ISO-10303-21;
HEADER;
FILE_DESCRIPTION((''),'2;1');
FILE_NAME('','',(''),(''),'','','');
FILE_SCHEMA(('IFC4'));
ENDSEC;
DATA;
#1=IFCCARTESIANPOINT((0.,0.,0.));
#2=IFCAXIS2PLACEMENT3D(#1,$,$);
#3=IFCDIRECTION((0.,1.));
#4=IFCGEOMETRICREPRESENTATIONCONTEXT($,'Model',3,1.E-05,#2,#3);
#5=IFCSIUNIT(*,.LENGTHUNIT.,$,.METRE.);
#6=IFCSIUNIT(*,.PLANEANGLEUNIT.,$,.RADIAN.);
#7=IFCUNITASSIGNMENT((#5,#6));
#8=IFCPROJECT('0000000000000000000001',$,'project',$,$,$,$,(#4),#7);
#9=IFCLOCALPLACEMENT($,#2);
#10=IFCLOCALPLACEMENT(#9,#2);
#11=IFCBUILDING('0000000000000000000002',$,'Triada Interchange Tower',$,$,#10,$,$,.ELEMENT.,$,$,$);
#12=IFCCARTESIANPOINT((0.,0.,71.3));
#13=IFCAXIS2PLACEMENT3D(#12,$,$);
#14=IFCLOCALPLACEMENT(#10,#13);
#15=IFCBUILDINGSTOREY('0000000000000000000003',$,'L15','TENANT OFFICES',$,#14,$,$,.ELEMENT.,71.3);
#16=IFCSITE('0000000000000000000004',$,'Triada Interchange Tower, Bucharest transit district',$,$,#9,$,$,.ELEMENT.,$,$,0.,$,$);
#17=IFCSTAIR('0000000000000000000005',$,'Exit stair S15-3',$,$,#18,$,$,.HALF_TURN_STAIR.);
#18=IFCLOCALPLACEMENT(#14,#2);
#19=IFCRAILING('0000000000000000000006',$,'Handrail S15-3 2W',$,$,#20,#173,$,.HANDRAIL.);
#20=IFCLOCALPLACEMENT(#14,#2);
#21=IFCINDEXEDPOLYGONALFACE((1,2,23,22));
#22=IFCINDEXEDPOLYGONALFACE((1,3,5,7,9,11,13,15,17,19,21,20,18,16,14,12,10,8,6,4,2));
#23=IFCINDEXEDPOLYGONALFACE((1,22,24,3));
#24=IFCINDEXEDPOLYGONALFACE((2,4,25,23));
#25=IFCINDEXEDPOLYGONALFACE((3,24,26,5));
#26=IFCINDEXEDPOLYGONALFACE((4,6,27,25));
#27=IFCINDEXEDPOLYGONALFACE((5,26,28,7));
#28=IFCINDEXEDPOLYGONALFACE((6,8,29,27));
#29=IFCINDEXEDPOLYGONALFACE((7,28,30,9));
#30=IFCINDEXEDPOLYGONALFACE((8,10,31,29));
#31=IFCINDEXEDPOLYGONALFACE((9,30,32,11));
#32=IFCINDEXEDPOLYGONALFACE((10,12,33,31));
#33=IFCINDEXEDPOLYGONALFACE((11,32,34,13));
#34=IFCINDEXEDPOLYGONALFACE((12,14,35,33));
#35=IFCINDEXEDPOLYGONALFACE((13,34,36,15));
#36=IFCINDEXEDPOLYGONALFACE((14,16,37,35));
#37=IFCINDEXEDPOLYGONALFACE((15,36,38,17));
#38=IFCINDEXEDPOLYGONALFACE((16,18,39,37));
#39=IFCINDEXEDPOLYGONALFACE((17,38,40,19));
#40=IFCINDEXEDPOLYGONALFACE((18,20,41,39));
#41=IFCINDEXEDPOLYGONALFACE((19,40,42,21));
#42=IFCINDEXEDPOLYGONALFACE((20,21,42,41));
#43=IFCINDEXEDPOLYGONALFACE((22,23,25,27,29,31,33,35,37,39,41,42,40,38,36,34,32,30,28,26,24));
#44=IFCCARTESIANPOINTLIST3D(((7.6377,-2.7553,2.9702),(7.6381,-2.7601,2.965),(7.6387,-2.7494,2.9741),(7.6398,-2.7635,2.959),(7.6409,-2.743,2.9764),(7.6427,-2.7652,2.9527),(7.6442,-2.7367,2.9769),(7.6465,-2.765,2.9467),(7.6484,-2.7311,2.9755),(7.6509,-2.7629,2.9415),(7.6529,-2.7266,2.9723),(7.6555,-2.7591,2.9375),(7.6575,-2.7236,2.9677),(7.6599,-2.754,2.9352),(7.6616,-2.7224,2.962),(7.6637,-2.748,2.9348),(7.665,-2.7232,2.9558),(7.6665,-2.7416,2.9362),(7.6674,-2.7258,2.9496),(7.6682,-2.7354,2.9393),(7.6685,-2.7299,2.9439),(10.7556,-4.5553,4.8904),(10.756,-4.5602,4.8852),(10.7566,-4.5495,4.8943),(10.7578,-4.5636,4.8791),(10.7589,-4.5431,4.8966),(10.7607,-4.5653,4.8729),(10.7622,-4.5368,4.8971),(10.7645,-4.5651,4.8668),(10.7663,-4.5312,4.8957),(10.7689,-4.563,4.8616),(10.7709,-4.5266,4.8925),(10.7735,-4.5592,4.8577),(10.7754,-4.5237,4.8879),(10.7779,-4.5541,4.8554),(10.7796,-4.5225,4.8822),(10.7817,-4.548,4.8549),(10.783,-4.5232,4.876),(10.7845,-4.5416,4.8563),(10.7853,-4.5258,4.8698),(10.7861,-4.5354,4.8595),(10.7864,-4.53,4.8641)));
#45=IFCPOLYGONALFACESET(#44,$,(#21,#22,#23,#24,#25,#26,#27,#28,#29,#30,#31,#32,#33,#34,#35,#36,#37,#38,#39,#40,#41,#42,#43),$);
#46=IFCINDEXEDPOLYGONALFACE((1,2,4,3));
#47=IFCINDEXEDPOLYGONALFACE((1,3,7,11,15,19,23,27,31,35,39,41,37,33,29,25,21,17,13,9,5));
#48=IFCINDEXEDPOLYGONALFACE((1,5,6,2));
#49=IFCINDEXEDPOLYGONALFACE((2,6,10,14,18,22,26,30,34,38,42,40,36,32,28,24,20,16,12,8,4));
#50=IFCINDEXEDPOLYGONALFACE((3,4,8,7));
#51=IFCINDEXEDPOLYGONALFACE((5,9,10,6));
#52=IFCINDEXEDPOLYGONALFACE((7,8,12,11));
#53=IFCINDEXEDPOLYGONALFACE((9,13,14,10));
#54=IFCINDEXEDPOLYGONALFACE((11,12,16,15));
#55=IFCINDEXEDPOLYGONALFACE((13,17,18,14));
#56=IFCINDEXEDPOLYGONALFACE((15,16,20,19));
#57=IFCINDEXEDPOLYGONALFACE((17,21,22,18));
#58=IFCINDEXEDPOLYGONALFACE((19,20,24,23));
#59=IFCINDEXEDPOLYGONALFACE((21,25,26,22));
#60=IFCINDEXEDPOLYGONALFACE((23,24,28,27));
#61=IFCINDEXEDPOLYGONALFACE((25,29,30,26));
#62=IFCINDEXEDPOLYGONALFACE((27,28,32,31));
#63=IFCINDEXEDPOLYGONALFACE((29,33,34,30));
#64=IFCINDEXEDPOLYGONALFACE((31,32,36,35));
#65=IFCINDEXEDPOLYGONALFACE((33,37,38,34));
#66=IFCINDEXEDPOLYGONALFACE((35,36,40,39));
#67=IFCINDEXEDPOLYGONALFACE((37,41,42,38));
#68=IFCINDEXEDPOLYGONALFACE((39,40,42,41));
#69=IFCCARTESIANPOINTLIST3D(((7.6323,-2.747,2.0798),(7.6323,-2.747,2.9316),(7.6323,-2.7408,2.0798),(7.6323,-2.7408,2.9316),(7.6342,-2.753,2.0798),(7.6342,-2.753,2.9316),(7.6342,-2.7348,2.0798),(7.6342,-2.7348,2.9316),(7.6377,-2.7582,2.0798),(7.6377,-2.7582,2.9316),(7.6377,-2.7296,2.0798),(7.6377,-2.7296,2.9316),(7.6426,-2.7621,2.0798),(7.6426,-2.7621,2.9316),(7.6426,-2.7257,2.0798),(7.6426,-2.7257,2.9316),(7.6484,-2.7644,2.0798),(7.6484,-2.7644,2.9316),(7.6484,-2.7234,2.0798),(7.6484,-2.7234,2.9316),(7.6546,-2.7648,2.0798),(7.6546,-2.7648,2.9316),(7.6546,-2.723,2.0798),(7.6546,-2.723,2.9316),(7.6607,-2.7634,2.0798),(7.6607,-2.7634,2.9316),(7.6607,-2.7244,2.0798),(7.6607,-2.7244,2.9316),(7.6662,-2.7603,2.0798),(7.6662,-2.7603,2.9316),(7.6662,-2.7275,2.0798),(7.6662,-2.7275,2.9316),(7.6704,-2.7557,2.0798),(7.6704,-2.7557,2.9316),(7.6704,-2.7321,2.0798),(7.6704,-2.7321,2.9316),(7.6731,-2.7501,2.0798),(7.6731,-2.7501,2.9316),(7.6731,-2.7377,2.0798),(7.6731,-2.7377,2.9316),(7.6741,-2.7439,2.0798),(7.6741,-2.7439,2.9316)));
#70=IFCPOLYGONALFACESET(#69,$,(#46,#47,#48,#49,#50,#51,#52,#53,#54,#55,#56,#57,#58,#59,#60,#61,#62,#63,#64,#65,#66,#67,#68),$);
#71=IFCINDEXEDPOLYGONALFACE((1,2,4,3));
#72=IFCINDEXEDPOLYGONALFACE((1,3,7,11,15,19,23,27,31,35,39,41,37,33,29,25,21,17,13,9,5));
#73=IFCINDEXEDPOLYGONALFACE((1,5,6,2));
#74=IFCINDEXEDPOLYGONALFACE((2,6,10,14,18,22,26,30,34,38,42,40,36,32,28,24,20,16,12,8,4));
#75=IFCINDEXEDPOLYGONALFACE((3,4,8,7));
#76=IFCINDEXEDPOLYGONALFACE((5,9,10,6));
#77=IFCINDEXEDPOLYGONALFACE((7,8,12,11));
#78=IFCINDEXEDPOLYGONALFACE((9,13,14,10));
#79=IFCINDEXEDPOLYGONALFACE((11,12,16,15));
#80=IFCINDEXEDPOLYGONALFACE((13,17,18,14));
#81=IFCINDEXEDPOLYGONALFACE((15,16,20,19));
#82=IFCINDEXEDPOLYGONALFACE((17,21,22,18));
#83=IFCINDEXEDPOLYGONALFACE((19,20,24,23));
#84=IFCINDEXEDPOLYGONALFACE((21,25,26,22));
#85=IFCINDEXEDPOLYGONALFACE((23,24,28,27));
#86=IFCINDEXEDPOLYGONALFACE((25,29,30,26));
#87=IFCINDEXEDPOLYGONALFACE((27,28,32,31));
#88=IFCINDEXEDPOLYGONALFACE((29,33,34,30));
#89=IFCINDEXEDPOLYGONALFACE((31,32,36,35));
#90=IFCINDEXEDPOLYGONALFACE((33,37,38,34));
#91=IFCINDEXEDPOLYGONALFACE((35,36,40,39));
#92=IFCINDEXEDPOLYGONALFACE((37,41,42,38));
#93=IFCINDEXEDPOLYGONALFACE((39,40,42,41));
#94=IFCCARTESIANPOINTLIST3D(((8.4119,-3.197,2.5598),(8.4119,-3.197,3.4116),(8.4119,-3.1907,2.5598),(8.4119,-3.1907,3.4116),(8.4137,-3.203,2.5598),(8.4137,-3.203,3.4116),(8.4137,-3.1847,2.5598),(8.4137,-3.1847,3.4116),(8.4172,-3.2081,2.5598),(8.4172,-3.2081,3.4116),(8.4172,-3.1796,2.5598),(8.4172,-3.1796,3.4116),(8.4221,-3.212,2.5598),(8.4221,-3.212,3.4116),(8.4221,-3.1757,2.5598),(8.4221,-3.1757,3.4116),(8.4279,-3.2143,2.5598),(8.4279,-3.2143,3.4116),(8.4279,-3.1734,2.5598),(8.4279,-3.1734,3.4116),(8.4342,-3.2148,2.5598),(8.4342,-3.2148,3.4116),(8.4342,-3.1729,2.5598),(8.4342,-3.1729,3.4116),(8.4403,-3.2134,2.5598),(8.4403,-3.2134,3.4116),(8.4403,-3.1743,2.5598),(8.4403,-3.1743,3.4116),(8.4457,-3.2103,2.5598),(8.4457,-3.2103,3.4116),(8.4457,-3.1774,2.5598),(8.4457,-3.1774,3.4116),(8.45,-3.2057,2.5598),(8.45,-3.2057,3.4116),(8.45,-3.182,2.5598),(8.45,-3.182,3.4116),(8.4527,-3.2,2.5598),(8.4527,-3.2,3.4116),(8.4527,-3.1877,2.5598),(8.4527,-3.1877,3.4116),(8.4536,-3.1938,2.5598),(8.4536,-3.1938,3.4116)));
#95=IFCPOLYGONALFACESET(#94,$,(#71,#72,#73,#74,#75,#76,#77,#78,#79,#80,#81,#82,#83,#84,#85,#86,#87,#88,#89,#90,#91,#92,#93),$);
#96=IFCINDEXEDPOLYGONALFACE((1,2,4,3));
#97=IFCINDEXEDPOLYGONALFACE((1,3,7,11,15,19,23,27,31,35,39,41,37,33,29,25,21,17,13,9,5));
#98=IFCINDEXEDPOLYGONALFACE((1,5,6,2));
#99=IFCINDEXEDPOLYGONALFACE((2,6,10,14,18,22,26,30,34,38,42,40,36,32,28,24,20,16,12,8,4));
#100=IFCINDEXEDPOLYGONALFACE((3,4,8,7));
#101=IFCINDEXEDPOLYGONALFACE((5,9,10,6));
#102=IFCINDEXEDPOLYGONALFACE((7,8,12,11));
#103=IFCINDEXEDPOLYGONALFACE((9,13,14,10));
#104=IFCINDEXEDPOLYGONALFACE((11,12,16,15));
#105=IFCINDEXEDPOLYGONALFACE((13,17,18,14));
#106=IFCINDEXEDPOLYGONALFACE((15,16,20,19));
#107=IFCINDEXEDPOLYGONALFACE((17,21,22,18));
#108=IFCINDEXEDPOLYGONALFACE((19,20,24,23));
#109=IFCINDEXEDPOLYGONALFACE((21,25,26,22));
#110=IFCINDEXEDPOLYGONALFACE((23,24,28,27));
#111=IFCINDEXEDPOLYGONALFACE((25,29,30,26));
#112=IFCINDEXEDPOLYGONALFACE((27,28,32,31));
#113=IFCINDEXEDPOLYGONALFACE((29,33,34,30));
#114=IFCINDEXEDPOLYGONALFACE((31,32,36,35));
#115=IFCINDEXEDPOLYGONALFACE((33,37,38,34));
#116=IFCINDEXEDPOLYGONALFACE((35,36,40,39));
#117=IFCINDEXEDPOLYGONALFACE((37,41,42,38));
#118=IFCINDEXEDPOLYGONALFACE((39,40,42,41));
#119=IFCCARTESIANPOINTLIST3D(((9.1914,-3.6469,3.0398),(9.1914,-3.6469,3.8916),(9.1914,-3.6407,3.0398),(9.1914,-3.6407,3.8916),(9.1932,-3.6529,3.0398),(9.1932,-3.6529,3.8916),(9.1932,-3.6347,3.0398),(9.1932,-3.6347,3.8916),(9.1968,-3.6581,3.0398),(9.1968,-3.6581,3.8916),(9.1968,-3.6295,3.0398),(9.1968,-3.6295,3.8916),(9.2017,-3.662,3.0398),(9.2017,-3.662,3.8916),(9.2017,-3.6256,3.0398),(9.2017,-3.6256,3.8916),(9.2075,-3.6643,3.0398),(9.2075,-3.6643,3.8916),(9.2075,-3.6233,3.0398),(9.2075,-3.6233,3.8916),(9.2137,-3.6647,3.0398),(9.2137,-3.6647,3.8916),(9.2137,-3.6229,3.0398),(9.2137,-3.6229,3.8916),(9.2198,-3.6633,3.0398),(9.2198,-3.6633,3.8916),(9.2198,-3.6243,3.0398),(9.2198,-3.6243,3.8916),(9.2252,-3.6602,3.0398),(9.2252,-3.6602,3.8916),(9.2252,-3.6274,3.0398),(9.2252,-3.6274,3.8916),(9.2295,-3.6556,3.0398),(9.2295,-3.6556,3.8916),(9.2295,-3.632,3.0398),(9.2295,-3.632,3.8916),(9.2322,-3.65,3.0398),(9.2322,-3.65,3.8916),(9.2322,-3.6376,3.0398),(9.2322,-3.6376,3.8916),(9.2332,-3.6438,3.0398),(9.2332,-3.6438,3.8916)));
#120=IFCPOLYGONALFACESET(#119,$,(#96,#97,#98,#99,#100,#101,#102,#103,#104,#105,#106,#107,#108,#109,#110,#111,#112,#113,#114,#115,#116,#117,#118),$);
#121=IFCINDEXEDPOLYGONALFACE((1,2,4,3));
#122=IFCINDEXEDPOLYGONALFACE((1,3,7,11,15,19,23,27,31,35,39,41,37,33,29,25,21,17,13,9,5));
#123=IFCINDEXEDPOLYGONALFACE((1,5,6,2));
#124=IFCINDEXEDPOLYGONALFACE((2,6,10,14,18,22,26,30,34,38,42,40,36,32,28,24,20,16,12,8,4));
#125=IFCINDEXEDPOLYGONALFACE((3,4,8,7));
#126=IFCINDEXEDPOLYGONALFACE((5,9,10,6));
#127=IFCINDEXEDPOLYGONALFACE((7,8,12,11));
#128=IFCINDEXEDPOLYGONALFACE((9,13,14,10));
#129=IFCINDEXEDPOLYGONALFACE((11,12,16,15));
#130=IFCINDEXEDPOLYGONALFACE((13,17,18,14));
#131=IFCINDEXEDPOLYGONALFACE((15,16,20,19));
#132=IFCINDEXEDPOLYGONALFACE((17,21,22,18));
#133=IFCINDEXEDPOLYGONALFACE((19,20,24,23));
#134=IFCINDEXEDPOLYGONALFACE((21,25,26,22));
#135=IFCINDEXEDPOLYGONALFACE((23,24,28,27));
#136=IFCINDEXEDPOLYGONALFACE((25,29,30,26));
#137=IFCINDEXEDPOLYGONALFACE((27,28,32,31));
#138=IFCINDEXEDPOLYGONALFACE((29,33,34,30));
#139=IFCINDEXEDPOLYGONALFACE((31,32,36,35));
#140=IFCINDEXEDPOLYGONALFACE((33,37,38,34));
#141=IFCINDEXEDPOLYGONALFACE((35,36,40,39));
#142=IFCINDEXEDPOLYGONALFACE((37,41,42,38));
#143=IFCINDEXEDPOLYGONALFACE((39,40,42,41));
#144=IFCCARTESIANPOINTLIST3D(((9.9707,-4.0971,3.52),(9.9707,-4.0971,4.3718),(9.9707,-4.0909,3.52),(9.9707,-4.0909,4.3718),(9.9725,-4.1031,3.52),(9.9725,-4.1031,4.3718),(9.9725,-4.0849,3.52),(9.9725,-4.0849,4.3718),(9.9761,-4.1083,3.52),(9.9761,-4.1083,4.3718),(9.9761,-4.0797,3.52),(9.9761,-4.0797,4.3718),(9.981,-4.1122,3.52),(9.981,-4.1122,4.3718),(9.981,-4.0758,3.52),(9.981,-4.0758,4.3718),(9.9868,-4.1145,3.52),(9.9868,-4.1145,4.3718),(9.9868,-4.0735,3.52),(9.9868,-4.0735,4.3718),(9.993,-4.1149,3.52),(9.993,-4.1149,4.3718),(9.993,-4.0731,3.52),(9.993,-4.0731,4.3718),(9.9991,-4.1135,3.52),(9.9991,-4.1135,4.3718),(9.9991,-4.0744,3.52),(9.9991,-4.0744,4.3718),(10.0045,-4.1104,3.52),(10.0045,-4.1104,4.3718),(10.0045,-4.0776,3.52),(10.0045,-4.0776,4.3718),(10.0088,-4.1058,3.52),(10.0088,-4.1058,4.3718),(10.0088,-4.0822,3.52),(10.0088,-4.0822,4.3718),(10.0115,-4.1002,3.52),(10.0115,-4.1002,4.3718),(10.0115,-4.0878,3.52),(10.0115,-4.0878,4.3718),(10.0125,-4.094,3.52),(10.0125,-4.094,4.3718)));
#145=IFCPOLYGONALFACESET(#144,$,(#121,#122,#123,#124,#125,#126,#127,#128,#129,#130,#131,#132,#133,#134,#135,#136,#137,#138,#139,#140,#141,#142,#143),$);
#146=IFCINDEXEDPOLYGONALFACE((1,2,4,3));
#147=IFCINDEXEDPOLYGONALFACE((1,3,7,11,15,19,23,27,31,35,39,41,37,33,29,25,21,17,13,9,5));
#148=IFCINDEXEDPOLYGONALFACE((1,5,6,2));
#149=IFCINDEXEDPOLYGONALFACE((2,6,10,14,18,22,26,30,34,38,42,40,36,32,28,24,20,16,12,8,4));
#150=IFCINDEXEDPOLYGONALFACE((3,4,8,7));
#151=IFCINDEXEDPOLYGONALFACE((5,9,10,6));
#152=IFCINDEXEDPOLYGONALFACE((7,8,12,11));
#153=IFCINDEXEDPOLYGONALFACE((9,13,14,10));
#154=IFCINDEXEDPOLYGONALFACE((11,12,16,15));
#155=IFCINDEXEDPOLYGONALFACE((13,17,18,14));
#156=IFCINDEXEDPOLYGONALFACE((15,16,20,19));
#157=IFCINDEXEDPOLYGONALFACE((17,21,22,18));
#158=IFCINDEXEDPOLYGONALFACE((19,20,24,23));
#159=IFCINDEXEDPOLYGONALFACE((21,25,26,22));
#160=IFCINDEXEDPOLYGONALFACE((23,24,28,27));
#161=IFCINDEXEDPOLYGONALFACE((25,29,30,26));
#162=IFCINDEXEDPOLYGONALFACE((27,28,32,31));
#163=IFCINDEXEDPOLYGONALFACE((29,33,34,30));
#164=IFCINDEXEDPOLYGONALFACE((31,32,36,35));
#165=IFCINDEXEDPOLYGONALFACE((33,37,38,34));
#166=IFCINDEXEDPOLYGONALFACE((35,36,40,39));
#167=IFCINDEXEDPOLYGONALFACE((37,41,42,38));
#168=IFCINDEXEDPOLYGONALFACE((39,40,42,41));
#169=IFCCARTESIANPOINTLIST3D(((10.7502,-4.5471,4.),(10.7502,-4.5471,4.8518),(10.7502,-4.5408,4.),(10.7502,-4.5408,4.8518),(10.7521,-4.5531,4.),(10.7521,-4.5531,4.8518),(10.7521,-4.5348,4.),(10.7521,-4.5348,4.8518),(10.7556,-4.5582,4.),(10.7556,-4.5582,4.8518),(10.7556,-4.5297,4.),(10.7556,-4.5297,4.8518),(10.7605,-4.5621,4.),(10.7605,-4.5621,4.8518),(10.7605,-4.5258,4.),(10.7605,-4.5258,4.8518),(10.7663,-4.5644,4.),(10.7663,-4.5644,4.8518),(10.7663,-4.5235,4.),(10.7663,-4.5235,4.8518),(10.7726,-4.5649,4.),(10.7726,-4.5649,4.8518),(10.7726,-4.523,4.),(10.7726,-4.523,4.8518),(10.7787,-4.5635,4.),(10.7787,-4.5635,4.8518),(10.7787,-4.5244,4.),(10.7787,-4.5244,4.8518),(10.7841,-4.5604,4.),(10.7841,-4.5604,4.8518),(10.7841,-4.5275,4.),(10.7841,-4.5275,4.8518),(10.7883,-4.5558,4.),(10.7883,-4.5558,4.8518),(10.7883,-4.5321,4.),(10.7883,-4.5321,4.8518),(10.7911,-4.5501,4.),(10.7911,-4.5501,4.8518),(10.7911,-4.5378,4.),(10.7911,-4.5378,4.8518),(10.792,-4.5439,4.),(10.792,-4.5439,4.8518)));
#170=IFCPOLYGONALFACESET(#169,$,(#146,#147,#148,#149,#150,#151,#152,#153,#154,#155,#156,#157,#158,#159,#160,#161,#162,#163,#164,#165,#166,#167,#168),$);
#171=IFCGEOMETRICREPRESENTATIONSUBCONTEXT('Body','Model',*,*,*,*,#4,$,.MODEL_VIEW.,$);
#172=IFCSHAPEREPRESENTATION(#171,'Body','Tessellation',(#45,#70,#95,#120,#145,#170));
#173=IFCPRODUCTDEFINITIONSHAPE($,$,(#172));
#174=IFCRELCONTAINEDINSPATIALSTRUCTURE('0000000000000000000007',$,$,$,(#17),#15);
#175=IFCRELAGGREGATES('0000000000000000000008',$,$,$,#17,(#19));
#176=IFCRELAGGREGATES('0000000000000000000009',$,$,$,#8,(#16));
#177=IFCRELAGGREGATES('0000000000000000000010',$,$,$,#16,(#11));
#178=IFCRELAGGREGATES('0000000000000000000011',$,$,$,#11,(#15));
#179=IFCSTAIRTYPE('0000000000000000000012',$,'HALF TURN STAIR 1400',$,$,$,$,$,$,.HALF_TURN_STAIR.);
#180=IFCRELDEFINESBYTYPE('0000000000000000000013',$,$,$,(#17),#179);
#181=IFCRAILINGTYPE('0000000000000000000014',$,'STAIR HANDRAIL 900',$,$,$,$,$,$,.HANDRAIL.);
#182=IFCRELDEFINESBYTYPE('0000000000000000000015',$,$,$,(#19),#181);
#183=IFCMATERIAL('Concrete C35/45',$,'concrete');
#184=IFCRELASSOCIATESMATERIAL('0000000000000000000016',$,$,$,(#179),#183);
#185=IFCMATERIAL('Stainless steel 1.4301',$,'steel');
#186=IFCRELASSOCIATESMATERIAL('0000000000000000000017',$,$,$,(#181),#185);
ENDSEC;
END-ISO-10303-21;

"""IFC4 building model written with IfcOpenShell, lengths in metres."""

from ifc_helpers import new_model, si_unit, direction, frame, origin, origin_2d, place, context, subcontext, project, spatial, circle, extrude, material, type_object, element, aggregate, save


model = new_model("IFC4")

# Units and contexts
model_context = context("Model", 3, precision=1e-05, world=origin(), true_north=direction((0.0, 1.0)))
body_context = subcontext(model_context, "Body", "Model", "MODEL_VIEW")
ifc_project = project(units=[si_unit("LENGTHUNIT", "METRE"), si_unit("PLANEANGLEUNIT", "RADIAN")], contexts=[model_context])

# Site, building, storey
site_placement = place(None, origin())
site = spatial("IfcSite", under=ifc_project, at=site_placement, Name="Triada Interchange Tower, Bucharest transit district", CompositionType="ELEMENT", RefElevation=0.0)
building_placement = place(site_placement, origin())
building = spatial("IfcBuilding", under=site, at=building_placement, Name="Triada Interchange Tower", CompositionType="ELEMENT")
storey_placement = place(building_placement, frame((0.0, 0.0, 71.3)))
storey = spatial("IfcBuildingStorey", under=building, at=storey_placement, Name="L15", Description="TENANT OFFICES", CompositionType="ELEMENT", Elevation=71.3)

# Stair, railing
ifc_material_1 = material(Name="Concrete C35/45", Category="concrete")
stair_type = type_object("IfcStairType", Name="HALF TURN STAIR 1400", PredefinedType="HALF_TURN_STAIR", material=ifc_material_1)
stair_placement = place(storey_placement, origin())
stair = element("IfcStair", 1, at=stair_placement, inside=storey, type_object=stair_type, Name="Exit stair S15-3", PredefinedType="HALF_TURN_STAIR")
ifc_material_2 = material(Name="Stainless steel 1.4301", Category="steel")
railing_type = type_object("IfcRailingType", Name="STAIR HANDRAIL 900", PredefinedType="HANDRAIL", material=ifc_material_2)
railing_1_placement = place(storey_placement, frame((7.6531, -2.7439, 2.0798)))
railing_1 = element("IfcRailing", 2, at=railing_1_placement, type_object=railing_type, Name="Handrail S15-3 2W", PredefinedType="HANDRAIL", context=body_context, shape_type="SweptSolid", body=[
    extrude(circle(Radius=0.0239, at=origin_2d()), frame((0.0, 0.0, 0.876), z_axis=(0.764145, -0.441159, 0.470597), x_axis=(0.499983, 0.866035, 0.0)), (0.0, 0.0, 1.0), 4.0803),
    extrude(circle(Radius=0.021, at=origin_2d()), origin(), (0.0, 0.0, 1.0), 0.8518),
    extrude(circle(Radius=0.021, at=origin_2d()), frame((0.7795, -0.45, 0.48)), (0.0, 0.0, 1.0), 0.8518),
    extrude(circle(Radius=0.021, at=origin_2d()), frame((1.5591, -0.8999, 0.96)), (0.0, 0.0, 1.0), 0.8518),
    extrude(circle(Radius=0.021, at=origin_2d()), frame((2.3384, -1.3501, 1.4402)), (0.0, 0.0, 1.0), 0.8518),
    extrude(circle(Radius=0.021, at=origin_2d()), frame((3.1179, -1.8, 1.9202)), (0.0, 0.0, 1.0), 0.8518),
])
aggregate(stair, [railing_1])

save(model, "model.ifc")
